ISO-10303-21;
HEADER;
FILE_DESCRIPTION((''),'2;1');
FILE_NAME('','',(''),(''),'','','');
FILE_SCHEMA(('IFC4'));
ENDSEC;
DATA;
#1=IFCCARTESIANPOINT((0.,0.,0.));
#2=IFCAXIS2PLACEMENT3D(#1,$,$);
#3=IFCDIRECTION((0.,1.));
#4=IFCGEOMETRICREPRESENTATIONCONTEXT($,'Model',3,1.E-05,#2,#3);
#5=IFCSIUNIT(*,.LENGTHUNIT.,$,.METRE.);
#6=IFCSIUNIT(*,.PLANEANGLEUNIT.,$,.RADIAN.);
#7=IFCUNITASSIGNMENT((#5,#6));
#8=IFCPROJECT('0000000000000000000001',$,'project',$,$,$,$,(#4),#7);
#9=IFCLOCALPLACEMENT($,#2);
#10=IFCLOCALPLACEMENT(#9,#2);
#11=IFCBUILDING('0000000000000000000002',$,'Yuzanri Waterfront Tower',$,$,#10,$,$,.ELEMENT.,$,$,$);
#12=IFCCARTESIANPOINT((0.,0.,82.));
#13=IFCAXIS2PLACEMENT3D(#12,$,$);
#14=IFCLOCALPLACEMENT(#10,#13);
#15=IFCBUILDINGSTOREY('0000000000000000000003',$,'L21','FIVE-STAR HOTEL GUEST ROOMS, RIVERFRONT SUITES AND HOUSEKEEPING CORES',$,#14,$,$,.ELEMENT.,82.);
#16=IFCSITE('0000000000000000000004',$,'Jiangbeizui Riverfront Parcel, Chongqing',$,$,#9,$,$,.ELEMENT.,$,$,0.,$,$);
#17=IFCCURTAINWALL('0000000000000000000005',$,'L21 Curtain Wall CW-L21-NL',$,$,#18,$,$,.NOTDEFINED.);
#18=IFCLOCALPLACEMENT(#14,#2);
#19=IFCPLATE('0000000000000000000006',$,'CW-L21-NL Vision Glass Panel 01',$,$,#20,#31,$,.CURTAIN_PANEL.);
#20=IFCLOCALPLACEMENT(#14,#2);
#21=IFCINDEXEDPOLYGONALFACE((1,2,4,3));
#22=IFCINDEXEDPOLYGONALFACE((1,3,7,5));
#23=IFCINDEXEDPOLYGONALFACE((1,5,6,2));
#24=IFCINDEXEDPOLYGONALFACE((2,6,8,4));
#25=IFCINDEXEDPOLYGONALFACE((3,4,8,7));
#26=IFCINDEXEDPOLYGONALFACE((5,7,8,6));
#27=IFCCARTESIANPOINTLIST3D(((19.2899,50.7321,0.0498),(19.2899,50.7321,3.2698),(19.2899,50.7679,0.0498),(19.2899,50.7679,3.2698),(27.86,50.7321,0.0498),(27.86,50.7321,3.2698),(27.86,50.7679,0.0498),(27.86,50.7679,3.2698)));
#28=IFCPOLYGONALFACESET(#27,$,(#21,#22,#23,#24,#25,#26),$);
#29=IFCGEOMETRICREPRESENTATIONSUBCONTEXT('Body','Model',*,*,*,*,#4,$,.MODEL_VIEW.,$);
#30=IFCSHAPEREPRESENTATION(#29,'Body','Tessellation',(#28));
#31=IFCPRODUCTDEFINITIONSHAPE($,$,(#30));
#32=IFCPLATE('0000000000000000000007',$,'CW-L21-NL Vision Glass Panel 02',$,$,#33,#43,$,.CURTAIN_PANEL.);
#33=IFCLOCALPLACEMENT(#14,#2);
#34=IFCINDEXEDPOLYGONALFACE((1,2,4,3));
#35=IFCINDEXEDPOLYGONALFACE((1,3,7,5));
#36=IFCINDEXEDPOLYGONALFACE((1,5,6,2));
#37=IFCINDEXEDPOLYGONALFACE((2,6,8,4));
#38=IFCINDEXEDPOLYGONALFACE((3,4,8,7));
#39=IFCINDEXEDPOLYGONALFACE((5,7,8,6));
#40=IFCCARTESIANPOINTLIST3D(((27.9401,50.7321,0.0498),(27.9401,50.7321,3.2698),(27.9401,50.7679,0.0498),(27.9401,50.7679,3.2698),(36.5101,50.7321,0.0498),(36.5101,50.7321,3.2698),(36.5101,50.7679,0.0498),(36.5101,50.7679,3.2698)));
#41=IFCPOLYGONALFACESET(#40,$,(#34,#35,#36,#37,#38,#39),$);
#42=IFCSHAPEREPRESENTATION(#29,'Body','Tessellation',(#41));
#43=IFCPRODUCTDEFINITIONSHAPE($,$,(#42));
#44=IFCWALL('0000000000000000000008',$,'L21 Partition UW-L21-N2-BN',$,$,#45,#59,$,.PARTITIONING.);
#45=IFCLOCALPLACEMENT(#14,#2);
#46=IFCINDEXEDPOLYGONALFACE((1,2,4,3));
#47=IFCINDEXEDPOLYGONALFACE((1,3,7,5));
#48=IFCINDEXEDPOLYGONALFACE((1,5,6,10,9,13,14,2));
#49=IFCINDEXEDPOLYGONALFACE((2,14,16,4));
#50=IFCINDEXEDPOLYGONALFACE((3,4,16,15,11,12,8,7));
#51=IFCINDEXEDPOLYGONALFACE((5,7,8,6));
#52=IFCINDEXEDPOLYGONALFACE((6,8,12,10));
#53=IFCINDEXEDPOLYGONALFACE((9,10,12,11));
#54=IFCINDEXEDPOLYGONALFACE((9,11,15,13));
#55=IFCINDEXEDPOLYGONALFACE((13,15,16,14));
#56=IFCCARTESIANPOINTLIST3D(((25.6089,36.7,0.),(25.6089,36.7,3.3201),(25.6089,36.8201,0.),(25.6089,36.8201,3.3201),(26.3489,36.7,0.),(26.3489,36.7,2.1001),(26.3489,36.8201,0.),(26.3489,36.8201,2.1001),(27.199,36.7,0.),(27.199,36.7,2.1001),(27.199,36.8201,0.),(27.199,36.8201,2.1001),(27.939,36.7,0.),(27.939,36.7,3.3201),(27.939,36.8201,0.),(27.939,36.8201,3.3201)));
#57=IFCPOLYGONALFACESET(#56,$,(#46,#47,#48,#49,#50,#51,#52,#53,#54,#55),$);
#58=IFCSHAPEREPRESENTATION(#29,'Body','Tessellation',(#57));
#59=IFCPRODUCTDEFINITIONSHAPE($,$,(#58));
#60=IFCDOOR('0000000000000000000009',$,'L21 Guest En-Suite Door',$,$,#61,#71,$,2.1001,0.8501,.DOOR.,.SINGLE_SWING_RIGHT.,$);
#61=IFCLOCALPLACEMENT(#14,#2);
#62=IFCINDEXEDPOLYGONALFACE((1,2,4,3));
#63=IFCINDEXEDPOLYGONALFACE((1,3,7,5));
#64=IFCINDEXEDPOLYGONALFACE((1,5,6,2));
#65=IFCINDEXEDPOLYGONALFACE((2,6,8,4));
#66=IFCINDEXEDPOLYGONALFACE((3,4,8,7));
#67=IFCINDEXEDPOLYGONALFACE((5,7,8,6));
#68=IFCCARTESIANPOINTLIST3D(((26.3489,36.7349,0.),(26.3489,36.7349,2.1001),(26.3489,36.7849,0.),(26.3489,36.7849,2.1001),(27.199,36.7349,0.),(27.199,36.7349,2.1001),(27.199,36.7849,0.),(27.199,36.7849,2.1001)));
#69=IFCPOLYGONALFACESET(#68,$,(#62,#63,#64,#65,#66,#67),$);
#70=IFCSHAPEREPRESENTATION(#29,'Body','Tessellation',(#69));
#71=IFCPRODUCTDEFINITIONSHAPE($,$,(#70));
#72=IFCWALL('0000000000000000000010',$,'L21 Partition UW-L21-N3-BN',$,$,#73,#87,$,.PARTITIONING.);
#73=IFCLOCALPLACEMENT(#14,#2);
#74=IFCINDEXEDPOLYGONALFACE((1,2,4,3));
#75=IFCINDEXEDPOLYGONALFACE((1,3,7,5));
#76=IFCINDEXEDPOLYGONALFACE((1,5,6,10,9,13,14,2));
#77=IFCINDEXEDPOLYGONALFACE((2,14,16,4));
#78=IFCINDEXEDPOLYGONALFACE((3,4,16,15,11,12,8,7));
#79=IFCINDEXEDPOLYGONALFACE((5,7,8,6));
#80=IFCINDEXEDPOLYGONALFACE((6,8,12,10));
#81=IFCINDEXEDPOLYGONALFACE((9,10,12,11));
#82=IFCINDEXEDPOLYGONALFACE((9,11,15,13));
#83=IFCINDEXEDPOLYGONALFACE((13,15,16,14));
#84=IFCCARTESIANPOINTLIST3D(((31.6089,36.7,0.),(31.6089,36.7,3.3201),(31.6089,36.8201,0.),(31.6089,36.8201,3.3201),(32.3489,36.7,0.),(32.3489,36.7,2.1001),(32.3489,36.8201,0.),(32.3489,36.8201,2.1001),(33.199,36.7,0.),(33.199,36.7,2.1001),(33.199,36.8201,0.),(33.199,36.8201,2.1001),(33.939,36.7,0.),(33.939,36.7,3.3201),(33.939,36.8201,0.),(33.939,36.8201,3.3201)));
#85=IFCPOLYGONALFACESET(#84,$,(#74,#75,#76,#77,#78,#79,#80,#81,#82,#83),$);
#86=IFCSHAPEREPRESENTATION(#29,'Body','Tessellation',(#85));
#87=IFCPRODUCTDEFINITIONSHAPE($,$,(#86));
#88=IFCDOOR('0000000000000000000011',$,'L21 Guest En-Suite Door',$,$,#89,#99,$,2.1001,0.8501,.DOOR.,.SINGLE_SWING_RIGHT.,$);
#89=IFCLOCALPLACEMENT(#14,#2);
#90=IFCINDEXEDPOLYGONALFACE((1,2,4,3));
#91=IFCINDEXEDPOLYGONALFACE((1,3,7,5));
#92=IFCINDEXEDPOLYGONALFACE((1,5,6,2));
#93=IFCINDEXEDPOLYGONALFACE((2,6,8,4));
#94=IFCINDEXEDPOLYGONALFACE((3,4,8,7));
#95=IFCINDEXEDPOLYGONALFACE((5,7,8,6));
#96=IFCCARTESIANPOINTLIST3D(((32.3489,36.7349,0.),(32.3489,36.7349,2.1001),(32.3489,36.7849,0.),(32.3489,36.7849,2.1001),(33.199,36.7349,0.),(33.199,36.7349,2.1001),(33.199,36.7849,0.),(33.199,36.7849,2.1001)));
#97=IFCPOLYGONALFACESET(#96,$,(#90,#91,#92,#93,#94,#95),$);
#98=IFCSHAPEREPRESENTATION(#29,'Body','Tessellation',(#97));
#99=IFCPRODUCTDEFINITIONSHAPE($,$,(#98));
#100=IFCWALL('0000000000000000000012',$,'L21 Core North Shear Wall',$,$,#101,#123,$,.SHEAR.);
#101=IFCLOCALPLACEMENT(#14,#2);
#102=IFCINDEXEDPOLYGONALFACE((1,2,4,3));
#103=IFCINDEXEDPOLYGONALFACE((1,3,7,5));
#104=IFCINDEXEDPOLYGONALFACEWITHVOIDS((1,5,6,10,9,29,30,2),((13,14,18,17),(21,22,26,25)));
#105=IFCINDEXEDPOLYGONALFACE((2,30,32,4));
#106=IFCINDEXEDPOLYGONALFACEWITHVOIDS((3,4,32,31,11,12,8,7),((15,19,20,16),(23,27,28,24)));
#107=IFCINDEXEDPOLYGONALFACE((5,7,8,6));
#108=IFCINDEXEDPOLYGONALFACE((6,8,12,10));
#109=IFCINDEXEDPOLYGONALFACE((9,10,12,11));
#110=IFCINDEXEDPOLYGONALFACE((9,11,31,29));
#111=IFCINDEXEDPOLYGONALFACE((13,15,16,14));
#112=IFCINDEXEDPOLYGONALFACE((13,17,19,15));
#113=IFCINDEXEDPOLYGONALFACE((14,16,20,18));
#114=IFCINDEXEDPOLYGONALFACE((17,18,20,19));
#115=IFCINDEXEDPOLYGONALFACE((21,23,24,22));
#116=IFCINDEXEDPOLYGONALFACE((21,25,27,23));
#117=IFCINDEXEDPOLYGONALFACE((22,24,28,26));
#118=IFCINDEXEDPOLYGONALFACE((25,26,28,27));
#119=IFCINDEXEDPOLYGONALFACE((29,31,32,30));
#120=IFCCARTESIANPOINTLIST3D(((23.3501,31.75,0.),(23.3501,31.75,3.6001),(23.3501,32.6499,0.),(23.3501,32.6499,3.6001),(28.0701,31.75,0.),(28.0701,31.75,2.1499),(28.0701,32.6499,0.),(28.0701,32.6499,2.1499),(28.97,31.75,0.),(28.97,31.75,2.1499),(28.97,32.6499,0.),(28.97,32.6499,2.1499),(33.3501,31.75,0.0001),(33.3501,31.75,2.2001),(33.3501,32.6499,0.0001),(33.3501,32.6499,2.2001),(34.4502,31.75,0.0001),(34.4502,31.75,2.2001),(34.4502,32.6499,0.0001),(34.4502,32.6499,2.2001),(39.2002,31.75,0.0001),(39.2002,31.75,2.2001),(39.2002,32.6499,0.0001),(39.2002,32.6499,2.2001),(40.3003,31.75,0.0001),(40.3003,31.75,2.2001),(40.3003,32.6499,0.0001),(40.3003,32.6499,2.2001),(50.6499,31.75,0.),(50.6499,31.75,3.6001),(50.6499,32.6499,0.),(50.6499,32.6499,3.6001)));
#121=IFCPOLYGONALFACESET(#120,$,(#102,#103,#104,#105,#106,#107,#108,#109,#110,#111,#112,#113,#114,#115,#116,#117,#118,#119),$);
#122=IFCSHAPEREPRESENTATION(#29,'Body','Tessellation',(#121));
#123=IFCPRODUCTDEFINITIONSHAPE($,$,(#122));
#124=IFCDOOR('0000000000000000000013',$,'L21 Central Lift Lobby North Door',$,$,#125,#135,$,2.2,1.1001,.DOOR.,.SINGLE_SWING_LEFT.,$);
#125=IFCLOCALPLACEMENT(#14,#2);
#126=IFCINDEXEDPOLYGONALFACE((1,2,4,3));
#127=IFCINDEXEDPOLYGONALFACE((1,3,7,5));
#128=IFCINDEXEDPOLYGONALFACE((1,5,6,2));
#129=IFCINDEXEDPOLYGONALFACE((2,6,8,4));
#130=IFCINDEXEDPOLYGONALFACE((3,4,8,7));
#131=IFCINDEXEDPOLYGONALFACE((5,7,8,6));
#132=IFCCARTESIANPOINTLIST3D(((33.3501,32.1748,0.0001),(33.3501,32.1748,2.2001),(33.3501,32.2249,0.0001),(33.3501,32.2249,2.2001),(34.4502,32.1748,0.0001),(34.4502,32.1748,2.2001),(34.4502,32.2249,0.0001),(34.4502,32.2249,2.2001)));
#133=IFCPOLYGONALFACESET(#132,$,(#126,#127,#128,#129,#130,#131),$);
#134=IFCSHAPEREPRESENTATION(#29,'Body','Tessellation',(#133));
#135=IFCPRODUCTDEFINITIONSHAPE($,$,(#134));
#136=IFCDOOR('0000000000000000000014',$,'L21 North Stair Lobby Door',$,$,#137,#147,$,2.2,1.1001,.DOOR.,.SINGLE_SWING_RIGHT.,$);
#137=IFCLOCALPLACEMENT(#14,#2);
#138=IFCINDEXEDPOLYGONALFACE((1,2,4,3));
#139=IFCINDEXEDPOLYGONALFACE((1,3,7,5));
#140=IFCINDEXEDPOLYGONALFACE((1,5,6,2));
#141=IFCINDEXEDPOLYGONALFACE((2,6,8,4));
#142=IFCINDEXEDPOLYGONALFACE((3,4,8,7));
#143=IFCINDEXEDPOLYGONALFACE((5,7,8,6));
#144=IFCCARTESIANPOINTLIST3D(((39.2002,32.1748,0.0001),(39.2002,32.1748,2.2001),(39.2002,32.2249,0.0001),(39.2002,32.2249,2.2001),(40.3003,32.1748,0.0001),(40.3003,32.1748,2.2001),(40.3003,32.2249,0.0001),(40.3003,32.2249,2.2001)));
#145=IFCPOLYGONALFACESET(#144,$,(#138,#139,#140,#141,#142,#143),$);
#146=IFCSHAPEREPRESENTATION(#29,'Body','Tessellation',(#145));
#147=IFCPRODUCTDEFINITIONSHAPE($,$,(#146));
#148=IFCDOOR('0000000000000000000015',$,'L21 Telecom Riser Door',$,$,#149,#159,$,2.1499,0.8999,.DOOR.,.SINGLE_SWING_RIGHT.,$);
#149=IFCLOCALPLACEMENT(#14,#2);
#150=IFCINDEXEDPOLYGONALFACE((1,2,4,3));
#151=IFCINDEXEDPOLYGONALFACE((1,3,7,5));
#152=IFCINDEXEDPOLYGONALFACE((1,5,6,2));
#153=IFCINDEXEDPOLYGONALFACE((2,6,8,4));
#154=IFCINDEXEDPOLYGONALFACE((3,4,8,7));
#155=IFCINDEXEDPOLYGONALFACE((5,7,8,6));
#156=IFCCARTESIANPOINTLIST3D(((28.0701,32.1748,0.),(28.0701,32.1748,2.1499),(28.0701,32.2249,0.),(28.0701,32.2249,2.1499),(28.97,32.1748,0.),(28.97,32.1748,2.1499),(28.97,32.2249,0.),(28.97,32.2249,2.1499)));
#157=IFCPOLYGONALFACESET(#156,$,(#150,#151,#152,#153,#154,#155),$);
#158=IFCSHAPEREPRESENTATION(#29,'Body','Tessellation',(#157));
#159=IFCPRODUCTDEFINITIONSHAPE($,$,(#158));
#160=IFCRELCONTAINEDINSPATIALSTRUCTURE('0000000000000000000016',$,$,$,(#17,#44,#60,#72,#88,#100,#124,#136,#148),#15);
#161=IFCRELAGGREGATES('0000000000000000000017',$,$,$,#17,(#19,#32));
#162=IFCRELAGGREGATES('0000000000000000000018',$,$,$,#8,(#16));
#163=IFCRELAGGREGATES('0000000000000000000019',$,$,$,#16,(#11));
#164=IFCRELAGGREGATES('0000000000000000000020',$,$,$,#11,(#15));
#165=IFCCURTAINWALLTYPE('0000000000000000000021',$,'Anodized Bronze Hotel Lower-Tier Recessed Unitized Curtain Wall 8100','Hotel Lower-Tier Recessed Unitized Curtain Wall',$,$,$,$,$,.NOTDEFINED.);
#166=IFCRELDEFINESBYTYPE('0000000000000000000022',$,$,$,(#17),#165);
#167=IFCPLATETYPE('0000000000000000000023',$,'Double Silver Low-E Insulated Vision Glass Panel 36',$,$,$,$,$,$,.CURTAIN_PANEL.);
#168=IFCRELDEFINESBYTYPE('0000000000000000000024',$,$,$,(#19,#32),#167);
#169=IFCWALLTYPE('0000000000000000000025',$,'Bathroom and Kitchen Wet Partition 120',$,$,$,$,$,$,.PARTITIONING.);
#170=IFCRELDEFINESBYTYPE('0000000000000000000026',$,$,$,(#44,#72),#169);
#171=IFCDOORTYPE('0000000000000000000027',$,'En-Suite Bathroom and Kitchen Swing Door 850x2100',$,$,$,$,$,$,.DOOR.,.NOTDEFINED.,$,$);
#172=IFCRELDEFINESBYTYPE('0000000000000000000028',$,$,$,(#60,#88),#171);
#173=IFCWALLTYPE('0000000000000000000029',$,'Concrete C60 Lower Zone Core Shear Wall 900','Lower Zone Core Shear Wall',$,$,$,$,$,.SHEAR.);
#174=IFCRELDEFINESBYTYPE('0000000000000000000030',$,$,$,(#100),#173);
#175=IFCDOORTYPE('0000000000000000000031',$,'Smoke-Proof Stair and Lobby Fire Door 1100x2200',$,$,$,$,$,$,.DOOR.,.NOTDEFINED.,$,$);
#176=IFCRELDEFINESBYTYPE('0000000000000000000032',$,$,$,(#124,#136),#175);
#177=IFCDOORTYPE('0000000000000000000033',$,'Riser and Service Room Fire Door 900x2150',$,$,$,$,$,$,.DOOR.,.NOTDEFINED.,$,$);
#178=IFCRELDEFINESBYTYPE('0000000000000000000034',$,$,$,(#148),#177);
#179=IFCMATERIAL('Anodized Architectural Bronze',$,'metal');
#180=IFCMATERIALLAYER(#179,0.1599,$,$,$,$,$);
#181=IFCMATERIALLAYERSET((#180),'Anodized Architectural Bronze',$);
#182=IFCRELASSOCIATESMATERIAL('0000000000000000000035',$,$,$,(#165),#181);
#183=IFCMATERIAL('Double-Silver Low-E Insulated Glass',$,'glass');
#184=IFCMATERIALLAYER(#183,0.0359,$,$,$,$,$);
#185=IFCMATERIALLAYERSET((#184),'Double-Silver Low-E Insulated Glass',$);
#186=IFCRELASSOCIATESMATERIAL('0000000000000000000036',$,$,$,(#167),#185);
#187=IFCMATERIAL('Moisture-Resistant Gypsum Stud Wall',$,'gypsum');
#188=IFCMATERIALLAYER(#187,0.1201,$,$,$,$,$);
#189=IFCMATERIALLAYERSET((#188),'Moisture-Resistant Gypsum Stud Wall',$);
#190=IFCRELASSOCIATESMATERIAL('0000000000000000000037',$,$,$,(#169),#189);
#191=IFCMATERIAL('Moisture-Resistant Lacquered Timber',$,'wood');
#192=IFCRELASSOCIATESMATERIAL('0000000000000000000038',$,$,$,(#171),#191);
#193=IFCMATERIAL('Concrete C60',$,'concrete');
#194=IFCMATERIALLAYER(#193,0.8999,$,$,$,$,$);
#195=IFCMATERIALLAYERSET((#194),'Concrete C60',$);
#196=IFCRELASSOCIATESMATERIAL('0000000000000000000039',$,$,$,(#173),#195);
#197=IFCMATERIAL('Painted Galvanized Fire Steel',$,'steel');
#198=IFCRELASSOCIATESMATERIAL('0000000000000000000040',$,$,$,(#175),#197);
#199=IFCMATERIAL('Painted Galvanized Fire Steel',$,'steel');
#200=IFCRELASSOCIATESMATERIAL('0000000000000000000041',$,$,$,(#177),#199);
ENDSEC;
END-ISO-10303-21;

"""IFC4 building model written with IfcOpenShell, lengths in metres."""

from ifc_helpers import new_model, si_unit, direction, frame, frame_2d, origin, origin_2d, place, context, subcontext, project, spatial, rectangle, extrude, source, transform, mapped, material, layer, layer_set, type_object, element, fill, aggregate, save


model = new_model("IFC4")

# Units and contexts
model_context = context("Model", 3, precision=1e-05, world=origin(), true_north=direction((0.0, 1.0)))
body_context = subcontext(model_context, "Body", "Model", "MODEL_VIEW")
ifc_project = project(units=[si_unit("LENGTHUNIT", "METRE"), si_unit("PLANEANGLEUNIT", "RADIAN")], contexts=[model_context])

# Site, building, storey
site_placement = place(None, origin())
site = spatial("IfcSite", under=ifc_project, at=site_placement, Name="Jiangbeizui Riverfront Parcel, Chongqing", CompositionType="ELEMENT", RefElevation=0.0)
building_placement = place(site_placement, origin())
building = spatial("IfcBuilding", under=site, at=building_placement, Name="Yuzanri Waterfront Tower", CompositionType="ELEMENT")
storey_placement = place(building_placement, frame((0.0, 0.0, 82.0)))
storey = spatial("IfcBuildingStorey", under=building, at=storey_placement, Name="L21", Description="FIVE-STAR HOTEL GUEST ROOMS, RIVERFRONT SUITES AND HOUSEKEEPING CORES", CompositionType="ELEMENT", Elevation=82.0)

# Curtain wall, plates
ifc_material_1 = material(Name="Anodized Architectural Bronze", Category="metal")
ifc_layer_1 = layer(ifc_material_1, 0.1599)
ifc_layer_set_1 = layer_set([ifc_layer_1], Name="Anodized Architectural Bronze")
curtain_wall_type = type_object("IfcCurtainWallType", Name="Anodized Bronze Hotel Lower-Tier Recessed Unitized Curtain Wall 8100", Description="Hotel Lower-Tier Recessed Unitized Curtain Wall", PredefinedType="NOTDEFINED", material=ifc_layer_set_1)
curtain_wall_placement = place(storey_placement, origin())
curtain_wall = element("IfcCurtainWall", 1, at=curtain_wall_placement, inside=storey, type_object=curtain_wall_type, Name="L21 Curtain Wall CW-L21-NL", PredefinedType="NOTDEFINED")
ifc_material_2 = material(Name="Double-Silver Low-E Insulated Glass", Category="glass")
ifc_layer_2 = layer(ifc_material_2, 0.0359)
ifc_layer_set_2 = layer_set([ifc_layer_2], Name="Double-Silver Low-E Insulated Glass")
plate_type = type_object("IfcPlateType", Name="Double Silver Low-E Insulated Vision Glass Panel 36", PredefinedType="CURTAIN_PANEL", material=ifc_layer_set_2)
shared_shape_1 = source(origin(), body_context, "Body", "SweptSolid", [
    extrude(rectangle(XDim=8.5701, YDim=0.0359, at=origin_2d()), origin(), (0.0, 0.0, 1.0), 3.22),
])
plate_1_placement = place(storey_placement, frame((23.575, 50.75, 0.0498), z_axis=(0.0, 0.0, 1.0), x_axis=(1.0, 0.0, 0.0)))
plate_1 = element("IfcPlate", 2, at=plate_1_placement, type_object=plate_type, Name="CW-L21-NL Vision Glass Panel 01", PredefinedType="CURTAIN_PANEL", context=body_context, shape_type="MappedRepresentation", body=[
    mapped(shared_shape_1, transform((0.0, 0.0, 0.0), scale=1.0)),
])
plate_2_placement = place(storey_placement, frame((32.2251, 50.75, 0.0498), z_axis=(0.0, 0.0, 1.0), x_axis=(1.0, 0.0, 0.0)))
plate_2 = element("IfcPlate", 3, at=plate_2_placement, type_object=plate_type, Name="CW-L21-NL Vision Glass Panel 02", PredefinedType="CURTAIN_PANEL", context=body_context, shape_type="MappedRepresentation", body=[
    mapped(shared_shape_1, transform((0.0, 0.0, 0.0), scale=1.0)),
])
aggregate(curtain_wall, [plate_1, plate_2])

# Walls, openings, doors
ifc_material_3 = material(Name="Moisture-Resistant Gypsum Stud Wall", Category="gypsum")
ifc_layer_3 = layer(ifc_material_3, 0.1201)
ifc_layer_set_3 = layer_set([ifc_layer_3], Name="Moisture-Resistant Gypsum Stud Wall")
wall_type_1 = type_object("IfcWallType", Name="Bathroom and Kitchen Wet Partition 120", PredefinedType="PARTITIONING", material=ifc_layer_set_3)
wall_1_placement = place(storey_placement, frame((25.6089, 36.76, 0.0), z_axis=(0.0, 0.0, 1.0), x_axis=(1.0, 0.0, 0.0)))
wall_1 = element("IfcWall", 4, at=wall_1_placement, inside=storey, type_object=wall_type_1, Name="L21 Partition UW-L21-N2-BN", PredefinedType="PARTITIONING", context=body_context, shape_type="SweptSolid", body=[
    extrude(rectangle(XDim=2.3301, YDim=0.1201, at=frame_2d((1.165, 0.0))), origin(), (0.0, 0.0, 1.0), 3.3201),
])
opening_1_placement = place(wall_1_placement, frame((0.74, 0.0, 0.0)))
opening_1 = element("IfcOpeningElement", 5, at=opening_1_placement, cuts=wall_1, PredefinedType="OPENING", context=body_context, shape_type="SweptSolid", body=[
    extrude(rectangle(XDim=0.8501, YDim=2.1001, at=frame_2d((0.425, 1.05))), frame((0.0, 0.075, 0.0), z_axis=(0.0, -1.0, 0.0), x_axis=(1.0, 0.0, 0.0)), (0.0, 0.0, 1.0), 0.1499),
])
ifc_material_4 = material(Name="Moisture-Resistant Lacquered Timber", Category="wood")
door_type_1 = type_object("IfcDoorType", Name="En-Suite Bathroom and Kitchen Swing Door 850x2100", OperationType="NOTDEFINED", PredefinedType="DOOR", material=ifc_material_4)
shared_shape_2 = source(origin(), body_context, "Body", "SweptSolid", [
    extrude(rectangle(XDim=0.8501, YDim=2.1001, at=frame_2d((0.425, 1.05))), frame((0.0, 0.0249, 0.0), z_axis=(0.0, -1.0, 0.0), x_axis=(1.0, 0.0, 0.0)), (0.0, 0.0, 1.0), 0.05),
])
door_1_placement = place(opening_1_placement, origin())
door_1 = element("IfcDoor", 6, at=door_1_placement, inside=storey, type_object=door_type_1, Name="L21 Guest En-Suite Door", OperationType="SINGLE_SWING_RIGHT", OverallHeight=2.1001, OverallWidth=0.8501, PredefinedType="DOOR", context=body_context, shape_type="MappedRepresentation", body=[
    mapped(shared_shape_2, transform((0.0, 0.0, 0.0), scale=1.0)),
])
fill(opening_1, door_1)
wall_2_placement = place(storey_placement, frame((31.6089, 36.76, 0.0), z_axis=(0.0, 0.0, 1.0), x_axis=(1.0, 0.0, 0.0)))
wall_2 = element("IfcWall", 7, at=wall_2_placement, inside=storey, type_object=wall_type_1, Name="L21 Partition UW-L21-N3-BN", PredefinedType="PARTITIONING", context=body_context, shape_type="SweptSolid", body=[
    extrude(rectangle(XDim=2.3301, YDim=0.1201, at=frame_2d((1.165, 0.0))), origin(), (0.0, 0.0, 1.0), 3.3201),
])
opening_2_placement = place(wall_2_placement, frame((0.74, 0.0, 0.0)))
opening_2 = element("IfcOpeningElement", 8, at=opening_2_placement, cuts=wall_2, PredefinedType="OPENING", context=body_context, shape_type="SweptSolid", body=[
    extrude(rectangle(XDim=0.8501, YDim=2.1001, at=frame_2d((0.425, 1.05))), frame((0.0, 0.075, 0.0), z_axis=(0.0, -1.0, 0.0), x_axis=(1.0, 0.0, 0.0)), (0.0, 0.0, 1.0), 0.1499),
])
door_2_placement = place(opening_2_placement, origin())
door_2 = element("IfcDoor", 9, at=door_2_placement, inside=storey, type_object=door_type_1, Name="L21 Guest En-Suite Door", OperationType="SINGLE_SWING_RIGHT", OverallHeight=2.1001, OverallWidth=0.8501, PredefinedType="DOOR", context=body_context, shape_type="MappedRepresentation", body=[
    mapped(shared_shape_2, transform((0.0, 0.0, 0.0), scale=1.0)),
])
fill(opening_2, door_2)

# Wall, openings, doors
ifc_material_5 = material(Name="Concrete C60", Category="concrete")
ifc_layer_4 = layer(ifc_material_5, 0.8999)
ifc_layer_set_4 = layer_set([ifc_layer_4], Name="Concrete C60")
wall_type_2 = type_object("IfcWallType", Name="Concrete C60 Lower Zone Core Shear Wall 900", Description="Lower Zone Core Shear Wall", PredefinedType="SHEAR", material=ifc_layer_set_4)
wall_3_placement = place(storey_placement, frame((23.3501, 32.2, 0.0), z_axis=(0.0, 0.0, 1.0), x_axis=(1.0, 0.0, 0.0)))
wall_3 = element("IfcWall", 10, at=wall_3_placement, inside=storey, type_object=wall_type_2, Name="L21 Core North Shear Wall", PredefinedType="SHEAR", context=body_context, shape_type="SweptSolid", body=[
    extrude(rectangle(XDim=27.2998, YDim=0.8999, at=frame_2d((13.6499, 0.0))), origin(), (0.0, 0.0, 1.0), 3.6001),
])
opening_3_placement = place(wall_3_placement, frame((4.72, 0.0, 0.0)))
opening_3 = element("IfcOpeningElement", 11, at=opening_3_placement, cuts=wall_3, PredefinedType="OPENING", context=body_context, shape_type="SweptSolid", body=[
    extrude(rectangle(XDim=0.8999, YDim=2.1499, at=frame_2d((0.45, 1.075))), frame((0.0, 0.4648, 0.0), z_axis=(0.0, -1.0, 0.0), x_axis=(1.0, 0.0, 0.0)), (0.0, 0.0, 1.0), 0.9297),
])
opening_4_placement = place(wall_3_placement, frame((10.0, 0.0, 0.0)))
opening_4 = element("IfcOpeningElement", 12, at=opening_4_placement, cuts=wall_3, PredefinedType="OPENING", context=body_context, shape_type="SweptSolid", body=[
    extrude(rectangle(XDim=1.1001, YDim=2.2, at=frame_2d((0.55, 1.1001))), frame((0.0, 0.4648, 0.0), z_axis=(0.0, -1.0, 0.0), x_axis=(1.0, 0.0, 0.0)), (0.0, 0.0, 1.0), 0.9297),
])
opening_5_placement = place(wall_3_placement, frame((15.8501, 0.0, 0.0)))
opening_5 = element("IfcOpeningElement", 13, at=opening_5_placement, cuts=wall_3, PredefinedType="OPENING", context=body_context, shape_type="SweptSolid", body=[
    extrude(rectangle(XDim=1.1001, YDim=2.2, at=frame_2d((0.55, 1.1001))), frame((0.0, 0.4648, 0.0), z_axis=(0.0, -1.0, 0.0), x_axis=(1.0, 0.0, 0.0)), (0.0, 0.0, 1.0), 0.9297),
])
ifc_material_6 = material(Name="Painted Galvanized Fire Steel", Category="steel")
door_type_2 = type_object("IfcDoorType", Name="Smoke-Proof Stair and Lobby Fire Door 1100x2200", OperationType="NOTDEFINED", PredefinedType="DOOR", material=ifc_material_6)
shared_shape_3 = source(origin(), body_context, "Body", "SweptSolid", [
    extrude(rectangle(XDim=1.1001, YDim=2.2, at=frame_2d((0.55, 1.1001))), frame((0.0, 0.0249, 0.0), z_axis=(0.0, -1.0, 0.0), x_axis=(1.0, 0.0, 0.0)), (0.0, 0.0, 1.0), 0.05),
])
door_3_placement = place(opening_4_placement, origin())
door_3 = element("IfcDoor", 14, at=door_3_placement, inside=storey, type_object=door_type_2, Name="L21 Central Lift Lobby North Door", OperationType="SINGLE_SWING_LEFT", OverallHeight=2.2, OverallWidth=1.1001, PredefinedType="DOOR", context=body_context, shape_type="MappedRepresentation", body=[
    mapped(shared_shape_3, transform((0.0, 0.0, 0.0), scale=1.0)),
])
fill(opening_4, door_3)
door_4_placement = place(opening_5_placement, origin())
door_4 = element("IfcDoor", 15, at=door_4_placement, inside=storey, type_object=door_type_2, Name="L21 North Stair Lobby Door", OperationType="SINGLE_SWING_RIGHT", OverallHeight=2.2, OverallWidth=1.1001, PredefinedType="DOOR", context=body_context, shape_type="MappedRepresentation", body=[
    mapped(shared_shape_3, transform((0.0, 0.0, 0.0), scale=1.0)),
])
fill(opening_5, door_4)
ifc_material_7 = material(Name="Painted Galvanized Fire Steel", Category="steel")
door_type_3 = type_object("IfcDoorType", Name="Riser and Service Room Fire Door 900x2150", OperationType="NOTDEFINED", PredefinedType="DOOR", material=ifc_material_7)
shared_shape_4 = source(origin(), body_context, "Body", "SweptSolid", [
    extrude(rectangle(XDim=0.8999, YDim=2.1499, at=frame_2d((0.45, 1.075))), frame((0.0, 0.0249, 0.0), z_axis=(0.0, -1.0, 0.0), x_axis=(1.0, 0.0, 0.0)), (0.0, 0.0, 1.0), 0.05),
])
door_5_placement = place(opening_3_placement, origin())
door_5 = element("IfcDoor", 16, at=door_5_placement, inside=storey, type_object=door_type_3, Name="L21 Telecom Riser Door", OperationType="SINGLE_SWING_RIGHT", OverallHeight=2.1499, OverallWidth=0.8999, PredefinedType="DOOR", context=body_context, shape_type="MappedRepresentation", body=[
    mapped(shared_shape_4, transform((0.0, 0.0, 0.0), scale=1.0)),
])
fill(opening_3, door_5)

save(model, "model.ifc")
